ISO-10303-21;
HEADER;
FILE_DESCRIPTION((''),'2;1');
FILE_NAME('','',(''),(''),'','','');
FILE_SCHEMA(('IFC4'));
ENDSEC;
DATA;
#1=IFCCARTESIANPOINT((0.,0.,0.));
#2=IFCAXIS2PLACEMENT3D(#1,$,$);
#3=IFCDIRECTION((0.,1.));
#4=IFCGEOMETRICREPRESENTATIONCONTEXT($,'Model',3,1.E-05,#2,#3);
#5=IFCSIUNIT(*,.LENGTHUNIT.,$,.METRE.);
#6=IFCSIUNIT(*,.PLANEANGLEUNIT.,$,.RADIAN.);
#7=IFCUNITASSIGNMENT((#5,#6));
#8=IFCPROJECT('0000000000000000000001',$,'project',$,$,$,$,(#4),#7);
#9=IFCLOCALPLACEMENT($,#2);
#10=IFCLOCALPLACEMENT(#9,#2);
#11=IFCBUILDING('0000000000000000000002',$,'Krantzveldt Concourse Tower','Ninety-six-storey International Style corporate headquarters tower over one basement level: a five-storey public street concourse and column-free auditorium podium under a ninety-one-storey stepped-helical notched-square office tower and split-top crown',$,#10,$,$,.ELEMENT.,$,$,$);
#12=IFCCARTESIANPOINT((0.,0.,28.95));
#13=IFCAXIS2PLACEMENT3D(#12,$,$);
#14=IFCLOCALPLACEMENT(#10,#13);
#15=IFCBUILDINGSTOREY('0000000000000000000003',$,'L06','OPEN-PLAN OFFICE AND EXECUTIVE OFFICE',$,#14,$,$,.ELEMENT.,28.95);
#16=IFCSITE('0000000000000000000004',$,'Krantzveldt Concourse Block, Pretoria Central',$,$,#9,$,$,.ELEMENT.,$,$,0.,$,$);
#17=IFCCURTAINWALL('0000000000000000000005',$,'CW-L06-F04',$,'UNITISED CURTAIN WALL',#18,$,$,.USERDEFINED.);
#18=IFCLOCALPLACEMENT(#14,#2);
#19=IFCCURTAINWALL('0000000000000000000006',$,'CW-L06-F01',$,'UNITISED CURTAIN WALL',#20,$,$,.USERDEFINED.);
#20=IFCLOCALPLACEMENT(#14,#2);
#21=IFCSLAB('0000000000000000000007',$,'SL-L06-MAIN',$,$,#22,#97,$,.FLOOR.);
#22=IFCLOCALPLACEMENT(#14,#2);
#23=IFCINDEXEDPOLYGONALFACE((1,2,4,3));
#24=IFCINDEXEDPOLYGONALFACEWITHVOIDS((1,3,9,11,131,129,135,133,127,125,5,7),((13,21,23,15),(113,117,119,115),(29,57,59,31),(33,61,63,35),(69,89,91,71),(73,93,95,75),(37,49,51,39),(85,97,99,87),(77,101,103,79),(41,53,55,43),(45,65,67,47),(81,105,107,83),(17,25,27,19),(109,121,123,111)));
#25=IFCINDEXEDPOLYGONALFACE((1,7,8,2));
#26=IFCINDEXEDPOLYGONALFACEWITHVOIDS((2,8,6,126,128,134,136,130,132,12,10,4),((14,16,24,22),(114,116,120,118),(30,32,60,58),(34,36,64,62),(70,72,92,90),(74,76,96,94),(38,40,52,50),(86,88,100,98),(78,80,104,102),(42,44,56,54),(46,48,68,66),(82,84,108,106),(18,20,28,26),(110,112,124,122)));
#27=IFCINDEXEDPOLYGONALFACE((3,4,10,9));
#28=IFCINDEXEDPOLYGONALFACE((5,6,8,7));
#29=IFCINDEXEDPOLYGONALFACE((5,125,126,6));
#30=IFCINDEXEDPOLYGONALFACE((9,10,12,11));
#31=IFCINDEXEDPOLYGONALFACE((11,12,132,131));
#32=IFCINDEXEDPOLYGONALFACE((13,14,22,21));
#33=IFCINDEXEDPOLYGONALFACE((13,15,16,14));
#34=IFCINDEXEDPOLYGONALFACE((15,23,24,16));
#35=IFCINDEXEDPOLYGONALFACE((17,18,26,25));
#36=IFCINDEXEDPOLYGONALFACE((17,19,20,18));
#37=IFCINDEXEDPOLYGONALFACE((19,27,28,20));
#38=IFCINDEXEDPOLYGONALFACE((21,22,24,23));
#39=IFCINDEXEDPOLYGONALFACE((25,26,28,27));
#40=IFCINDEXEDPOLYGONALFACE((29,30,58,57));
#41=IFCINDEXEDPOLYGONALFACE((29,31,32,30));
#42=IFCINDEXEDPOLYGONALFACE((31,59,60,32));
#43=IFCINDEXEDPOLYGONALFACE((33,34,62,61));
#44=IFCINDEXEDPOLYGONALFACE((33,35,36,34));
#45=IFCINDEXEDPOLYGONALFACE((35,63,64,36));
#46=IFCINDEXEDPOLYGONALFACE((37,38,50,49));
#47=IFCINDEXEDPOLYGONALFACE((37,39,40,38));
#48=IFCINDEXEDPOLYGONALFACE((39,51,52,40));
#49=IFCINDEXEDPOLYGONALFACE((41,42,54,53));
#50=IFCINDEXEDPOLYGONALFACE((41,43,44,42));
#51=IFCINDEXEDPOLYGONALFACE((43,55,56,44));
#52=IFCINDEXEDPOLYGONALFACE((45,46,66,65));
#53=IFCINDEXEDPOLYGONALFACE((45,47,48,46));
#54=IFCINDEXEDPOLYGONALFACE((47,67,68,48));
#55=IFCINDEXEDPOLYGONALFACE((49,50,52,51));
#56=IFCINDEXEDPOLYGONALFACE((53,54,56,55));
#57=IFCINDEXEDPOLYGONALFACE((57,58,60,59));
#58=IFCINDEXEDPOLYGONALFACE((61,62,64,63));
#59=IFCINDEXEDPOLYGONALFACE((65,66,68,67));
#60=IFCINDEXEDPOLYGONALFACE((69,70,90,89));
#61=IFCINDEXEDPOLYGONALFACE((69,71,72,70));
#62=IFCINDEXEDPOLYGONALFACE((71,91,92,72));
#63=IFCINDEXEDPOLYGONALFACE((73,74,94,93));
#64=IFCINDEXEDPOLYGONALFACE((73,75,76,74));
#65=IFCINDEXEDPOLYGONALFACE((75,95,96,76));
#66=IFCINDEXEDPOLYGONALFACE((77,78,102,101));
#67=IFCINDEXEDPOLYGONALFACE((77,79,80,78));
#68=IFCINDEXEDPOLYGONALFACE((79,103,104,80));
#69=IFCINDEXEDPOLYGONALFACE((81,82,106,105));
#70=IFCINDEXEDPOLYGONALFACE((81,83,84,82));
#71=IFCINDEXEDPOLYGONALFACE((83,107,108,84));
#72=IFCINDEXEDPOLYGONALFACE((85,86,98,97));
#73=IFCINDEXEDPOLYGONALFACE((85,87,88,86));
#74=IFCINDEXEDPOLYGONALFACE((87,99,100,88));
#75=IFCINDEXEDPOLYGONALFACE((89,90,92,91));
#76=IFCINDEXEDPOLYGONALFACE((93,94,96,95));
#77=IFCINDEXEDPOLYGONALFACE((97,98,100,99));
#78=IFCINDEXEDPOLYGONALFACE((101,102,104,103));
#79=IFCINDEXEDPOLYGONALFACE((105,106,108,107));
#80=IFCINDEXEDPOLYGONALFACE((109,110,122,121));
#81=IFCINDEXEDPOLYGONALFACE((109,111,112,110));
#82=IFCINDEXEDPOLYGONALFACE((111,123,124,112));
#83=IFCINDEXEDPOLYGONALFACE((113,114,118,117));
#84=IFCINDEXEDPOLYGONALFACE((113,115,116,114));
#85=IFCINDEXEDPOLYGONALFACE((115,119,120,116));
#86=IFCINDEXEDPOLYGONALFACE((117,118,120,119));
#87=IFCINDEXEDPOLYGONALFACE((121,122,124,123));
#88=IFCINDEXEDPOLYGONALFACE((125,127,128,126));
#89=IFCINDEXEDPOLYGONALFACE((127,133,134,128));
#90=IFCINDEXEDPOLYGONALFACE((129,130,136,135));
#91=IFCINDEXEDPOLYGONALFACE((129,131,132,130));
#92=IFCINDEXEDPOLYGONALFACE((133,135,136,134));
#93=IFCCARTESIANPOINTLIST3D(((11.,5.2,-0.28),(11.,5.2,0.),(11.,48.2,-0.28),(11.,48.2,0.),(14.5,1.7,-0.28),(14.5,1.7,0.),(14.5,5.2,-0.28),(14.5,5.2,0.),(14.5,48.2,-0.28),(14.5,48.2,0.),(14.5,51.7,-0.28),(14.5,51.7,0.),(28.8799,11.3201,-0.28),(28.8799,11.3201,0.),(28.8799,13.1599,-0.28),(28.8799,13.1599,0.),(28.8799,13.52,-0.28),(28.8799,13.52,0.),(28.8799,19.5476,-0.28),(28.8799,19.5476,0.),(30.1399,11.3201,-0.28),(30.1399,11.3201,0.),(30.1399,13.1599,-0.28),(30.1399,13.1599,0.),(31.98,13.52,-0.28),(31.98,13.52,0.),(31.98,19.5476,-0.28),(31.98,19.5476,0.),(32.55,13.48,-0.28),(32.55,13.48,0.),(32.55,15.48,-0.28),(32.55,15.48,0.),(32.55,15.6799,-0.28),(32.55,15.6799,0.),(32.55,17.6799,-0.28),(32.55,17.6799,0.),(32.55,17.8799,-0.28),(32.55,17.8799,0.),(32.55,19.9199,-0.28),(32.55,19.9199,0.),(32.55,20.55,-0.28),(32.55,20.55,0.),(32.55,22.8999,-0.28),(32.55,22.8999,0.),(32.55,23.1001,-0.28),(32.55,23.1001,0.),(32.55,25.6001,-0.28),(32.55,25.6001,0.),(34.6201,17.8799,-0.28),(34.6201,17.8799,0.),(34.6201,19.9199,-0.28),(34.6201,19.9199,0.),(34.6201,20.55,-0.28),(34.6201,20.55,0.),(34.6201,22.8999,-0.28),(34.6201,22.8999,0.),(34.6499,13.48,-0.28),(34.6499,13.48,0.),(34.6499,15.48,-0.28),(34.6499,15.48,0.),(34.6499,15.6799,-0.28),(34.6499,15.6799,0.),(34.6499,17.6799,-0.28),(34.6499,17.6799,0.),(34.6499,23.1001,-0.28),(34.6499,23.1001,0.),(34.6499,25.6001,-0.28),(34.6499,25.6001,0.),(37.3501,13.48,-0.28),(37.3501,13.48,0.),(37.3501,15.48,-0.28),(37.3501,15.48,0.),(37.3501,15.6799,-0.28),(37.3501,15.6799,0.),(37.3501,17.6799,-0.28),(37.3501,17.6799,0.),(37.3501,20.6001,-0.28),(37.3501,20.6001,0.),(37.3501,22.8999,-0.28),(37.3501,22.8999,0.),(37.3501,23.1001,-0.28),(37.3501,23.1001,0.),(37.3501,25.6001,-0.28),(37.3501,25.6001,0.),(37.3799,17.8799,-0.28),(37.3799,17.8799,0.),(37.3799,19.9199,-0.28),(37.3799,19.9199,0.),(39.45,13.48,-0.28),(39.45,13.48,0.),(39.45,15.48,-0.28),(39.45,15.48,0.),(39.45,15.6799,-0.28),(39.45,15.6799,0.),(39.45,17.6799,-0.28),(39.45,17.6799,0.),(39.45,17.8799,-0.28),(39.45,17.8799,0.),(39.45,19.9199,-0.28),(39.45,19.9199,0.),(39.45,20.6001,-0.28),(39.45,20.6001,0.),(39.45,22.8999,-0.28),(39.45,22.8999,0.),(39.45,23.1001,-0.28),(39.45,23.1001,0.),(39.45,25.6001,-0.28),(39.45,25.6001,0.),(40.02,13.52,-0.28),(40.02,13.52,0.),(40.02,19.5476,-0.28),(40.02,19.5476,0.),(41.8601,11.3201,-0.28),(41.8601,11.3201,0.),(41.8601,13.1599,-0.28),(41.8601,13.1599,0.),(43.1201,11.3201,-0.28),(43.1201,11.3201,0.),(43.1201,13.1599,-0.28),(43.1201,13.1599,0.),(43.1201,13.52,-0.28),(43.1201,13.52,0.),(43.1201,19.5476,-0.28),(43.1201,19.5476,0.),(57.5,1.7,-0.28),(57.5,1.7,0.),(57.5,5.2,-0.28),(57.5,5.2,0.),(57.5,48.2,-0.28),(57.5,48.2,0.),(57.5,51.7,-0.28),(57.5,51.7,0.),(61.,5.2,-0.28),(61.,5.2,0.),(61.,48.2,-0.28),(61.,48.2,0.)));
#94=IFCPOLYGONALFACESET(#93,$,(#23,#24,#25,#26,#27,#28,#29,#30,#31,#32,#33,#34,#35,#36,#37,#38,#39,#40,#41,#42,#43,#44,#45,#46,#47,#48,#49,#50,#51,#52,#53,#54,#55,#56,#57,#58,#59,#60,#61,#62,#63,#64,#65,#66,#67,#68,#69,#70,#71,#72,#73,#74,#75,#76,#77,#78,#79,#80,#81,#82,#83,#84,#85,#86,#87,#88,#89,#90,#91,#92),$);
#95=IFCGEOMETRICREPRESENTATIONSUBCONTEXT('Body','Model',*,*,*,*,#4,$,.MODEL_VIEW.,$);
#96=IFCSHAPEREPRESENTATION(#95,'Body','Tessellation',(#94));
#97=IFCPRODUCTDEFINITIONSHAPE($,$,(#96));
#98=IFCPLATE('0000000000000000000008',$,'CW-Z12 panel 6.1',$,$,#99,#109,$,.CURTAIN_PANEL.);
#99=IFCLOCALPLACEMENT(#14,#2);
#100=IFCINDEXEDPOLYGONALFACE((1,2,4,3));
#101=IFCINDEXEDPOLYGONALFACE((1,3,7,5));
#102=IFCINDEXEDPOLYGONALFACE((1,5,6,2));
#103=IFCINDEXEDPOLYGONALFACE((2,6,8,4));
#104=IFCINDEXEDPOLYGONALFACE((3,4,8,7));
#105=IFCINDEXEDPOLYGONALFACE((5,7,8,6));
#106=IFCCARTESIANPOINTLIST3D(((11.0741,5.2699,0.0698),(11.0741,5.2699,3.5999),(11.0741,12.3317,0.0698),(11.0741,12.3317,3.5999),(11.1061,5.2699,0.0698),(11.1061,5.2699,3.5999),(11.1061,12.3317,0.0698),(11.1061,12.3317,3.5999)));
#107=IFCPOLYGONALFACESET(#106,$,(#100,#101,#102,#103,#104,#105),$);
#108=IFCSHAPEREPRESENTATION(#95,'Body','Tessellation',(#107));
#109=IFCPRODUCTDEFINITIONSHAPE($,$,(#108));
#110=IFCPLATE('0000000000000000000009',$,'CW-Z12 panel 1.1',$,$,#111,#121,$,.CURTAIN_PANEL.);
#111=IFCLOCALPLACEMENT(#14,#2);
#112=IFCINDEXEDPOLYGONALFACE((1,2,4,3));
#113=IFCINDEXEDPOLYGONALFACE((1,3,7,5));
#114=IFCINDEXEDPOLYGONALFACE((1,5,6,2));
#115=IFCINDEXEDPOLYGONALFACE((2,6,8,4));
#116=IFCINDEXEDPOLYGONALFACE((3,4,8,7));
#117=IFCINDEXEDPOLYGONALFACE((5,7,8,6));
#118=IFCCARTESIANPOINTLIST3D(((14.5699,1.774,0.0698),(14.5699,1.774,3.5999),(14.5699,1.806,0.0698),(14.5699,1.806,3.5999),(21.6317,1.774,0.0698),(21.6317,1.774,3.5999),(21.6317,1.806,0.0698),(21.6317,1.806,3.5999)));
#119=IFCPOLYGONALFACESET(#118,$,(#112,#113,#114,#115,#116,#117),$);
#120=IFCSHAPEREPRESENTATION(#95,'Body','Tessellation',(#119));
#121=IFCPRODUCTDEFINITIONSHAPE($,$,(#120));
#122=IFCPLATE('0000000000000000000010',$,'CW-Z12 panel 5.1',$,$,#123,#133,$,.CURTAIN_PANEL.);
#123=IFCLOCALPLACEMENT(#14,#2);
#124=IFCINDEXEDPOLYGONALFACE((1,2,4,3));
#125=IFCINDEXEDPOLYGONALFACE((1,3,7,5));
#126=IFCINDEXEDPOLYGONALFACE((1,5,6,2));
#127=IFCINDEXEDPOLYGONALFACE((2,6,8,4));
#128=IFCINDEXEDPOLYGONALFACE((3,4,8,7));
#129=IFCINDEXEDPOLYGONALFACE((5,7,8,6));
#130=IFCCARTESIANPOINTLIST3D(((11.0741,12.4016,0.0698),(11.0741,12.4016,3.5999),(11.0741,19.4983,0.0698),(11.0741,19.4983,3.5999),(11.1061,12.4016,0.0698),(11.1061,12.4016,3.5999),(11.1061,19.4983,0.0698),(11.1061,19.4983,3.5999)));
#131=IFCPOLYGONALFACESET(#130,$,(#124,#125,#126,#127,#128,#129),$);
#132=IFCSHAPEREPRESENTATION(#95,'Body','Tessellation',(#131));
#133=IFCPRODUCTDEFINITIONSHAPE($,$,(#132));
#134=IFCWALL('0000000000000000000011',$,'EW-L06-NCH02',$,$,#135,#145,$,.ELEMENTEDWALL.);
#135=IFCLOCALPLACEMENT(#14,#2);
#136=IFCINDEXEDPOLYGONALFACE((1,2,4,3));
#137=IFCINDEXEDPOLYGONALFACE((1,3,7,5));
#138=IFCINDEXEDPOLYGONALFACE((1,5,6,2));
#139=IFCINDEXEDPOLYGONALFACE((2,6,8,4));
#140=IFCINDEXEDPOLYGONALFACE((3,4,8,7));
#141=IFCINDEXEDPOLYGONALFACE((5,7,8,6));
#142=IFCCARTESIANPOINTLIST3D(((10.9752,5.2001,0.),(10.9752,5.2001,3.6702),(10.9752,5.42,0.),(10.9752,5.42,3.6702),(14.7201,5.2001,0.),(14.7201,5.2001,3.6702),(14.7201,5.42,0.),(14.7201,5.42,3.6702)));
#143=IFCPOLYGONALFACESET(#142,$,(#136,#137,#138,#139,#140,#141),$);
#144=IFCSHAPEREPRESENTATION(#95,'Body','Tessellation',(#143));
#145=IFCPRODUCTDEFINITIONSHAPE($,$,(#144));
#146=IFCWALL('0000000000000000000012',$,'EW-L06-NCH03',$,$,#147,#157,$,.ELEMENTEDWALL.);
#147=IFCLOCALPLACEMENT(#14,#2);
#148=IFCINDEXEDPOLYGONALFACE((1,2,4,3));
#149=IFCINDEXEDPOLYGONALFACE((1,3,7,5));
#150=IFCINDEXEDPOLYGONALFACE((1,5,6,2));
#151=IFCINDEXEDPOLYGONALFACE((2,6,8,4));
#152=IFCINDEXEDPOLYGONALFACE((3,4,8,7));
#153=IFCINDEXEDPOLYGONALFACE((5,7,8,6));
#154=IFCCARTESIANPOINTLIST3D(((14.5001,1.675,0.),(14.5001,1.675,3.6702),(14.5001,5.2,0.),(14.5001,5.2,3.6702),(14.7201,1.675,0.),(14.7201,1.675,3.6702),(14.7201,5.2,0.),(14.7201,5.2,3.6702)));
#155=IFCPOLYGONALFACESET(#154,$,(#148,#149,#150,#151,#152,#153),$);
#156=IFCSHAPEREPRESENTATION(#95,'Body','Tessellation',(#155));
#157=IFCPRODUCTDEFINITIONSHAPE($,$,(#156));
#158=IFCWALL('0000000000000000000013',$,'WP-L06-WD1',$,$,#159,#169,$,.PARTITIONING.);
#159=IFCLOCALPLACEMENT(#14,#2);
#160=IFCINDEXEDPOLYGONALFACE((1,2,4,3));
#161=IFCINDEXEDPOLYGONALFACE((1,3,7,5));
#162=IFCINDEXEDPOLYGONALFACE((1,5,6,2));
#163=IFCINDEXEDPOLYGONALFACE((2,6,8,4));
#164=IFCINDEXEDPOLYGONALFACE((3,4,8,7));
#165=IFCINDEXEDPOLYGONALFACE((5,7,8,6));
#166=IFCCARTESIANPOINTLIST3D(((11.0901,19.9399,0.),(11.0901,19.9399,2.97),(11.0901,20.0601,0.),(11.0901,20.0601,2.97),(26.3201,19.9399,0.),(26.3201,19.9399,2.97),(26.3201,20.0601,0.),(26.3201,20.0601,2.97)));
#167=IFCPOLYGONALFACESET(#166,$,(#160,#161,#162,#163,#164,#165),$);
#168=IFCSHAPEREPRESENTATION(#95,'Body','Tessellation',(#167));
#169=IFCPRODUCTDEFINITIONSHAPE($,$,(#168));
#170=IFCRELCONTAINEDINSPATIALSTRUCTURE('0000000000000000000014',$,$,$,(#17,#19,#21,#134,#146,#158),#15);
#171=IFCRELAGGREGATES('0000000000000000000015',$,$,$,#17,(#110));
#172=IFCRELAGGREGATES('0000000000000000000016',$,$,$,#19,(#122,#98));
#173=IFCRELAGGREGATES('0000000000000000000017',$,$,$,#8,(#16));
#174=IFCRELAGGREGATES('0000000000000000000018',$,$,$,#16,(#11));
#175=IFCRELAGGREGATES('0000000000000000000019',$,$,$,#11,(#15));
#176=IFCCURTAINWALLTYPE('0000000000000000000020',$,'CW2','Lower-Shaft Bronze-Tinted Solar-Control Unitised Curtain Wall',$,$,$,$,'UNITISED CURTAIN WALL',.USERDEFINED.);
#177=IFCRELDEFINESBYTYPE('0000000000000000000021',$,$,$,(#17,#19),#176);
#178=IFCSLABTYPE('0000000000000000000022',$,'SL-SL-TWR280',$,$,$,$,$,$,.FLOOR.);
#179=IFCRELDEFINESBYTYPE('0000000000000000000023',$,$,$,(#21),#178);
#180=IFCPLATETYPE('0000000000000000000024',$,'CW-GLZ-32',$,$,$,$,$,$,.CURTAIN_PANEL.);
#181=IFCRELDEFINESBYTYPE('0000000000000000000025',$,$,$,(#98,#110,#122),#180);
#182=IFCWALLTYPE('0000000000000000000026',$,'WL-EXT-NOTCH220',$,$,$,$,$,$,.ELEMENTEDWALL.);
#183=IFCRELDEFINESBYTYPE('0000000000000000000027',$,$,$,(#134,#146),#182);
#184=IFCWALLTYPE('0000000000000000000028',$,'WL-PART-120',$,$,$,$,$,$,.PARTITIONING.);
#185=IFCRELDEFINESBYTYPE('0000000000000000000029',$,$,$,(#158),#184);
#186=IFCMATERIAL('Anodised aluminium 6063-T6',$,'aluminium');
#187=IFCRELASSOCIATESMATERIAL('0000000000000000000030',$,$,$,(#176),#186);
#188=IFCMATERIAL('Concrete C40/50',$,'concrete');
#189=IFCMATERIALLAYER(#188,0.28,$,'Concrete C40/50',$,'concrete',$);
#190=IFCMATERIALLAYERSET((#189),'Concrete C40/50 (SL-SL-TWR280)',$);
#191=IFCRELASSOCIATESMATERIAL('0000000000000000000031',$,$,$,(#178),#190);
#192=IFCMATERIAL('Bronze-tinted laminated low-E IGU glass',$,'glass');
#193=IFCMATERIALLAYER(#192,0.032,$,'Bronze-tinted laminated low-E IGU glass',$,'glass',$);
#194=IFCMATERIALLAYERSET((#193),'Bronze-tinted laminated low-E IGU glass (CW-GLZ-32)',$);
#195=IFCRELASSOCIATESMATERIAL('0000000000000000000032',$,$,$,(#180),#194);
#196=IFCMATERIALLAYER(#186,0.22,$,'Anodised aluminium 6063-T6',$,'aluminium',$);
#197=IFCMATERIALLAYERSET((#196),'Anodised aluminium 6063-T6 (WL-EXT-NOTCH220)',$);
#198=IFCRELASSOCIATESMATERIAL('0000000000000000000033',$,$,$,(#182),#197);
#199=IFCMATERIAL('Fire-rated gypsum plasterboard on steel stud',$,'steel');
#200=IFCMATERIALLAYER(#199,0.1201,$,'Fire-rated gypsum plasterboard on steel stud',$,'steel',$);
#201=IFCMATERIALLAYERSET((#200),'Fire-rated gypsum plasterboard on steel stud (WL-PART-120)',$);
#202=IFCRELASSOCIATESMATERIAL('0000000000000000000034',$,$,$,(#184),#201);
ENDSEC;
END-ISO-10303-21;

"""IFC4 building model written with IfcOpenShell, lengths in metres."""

from ifc_helpers import new_model, si_unit, direction, frame, frame_2d, origin, origin_2d, place, context, subcontext, project, spatial, polyline, rectangle, outline, extrude, source, transform, mapped, material, layer, layer_set, type_object, type_shapes, element, aggregate, save


model = new_model("IFC4")

# Units and contexts
model_context = context("Model", 3, precision=1e-05, world=origin(), true_north=direction((0.0, 1.0)))
body_context = subcontext(model_context, "Body", "Model", "MODEL_VIEW")
ifc_project = project(units=[si_unit("LENGTHUNIT", "METRE"), si_unit("PLANEANGLEUNIT", "RADIAN")], contexts=[model_context])

# Site, building, storey
site_placement = place(None, origin())
site = spatial("IfcSite", under=ifc_project, at=site_placement, Name="Krantzveldt Concourse Block, Pretoria Central", CompositionType="ELEMENT", RefElevation=0.0)
building_placement = place(site_placement, origin())
building = spatial("IfcBuilding", under=site, at=building_placement, Name="Krantzveldt Concourse Tower", Description="Ninety-six-storey International Style corporate headquarters tower over one basement level: a five-storey public street concourse and column-free auditorium podium under a ninety-one-storey stepped-helical notched-square office tower and split-top crown", CompositionType="ELEMENT")
storey_placement = place(building_placement, frame((0.0, 0.0, 28.95)))
storey = spatial("IfcBuildingStorey", under=building, at=storey_placement, Name="L06", Description="OPEN-PLAN OFFICE AND EXECUTIVE OFFICE", CompositionType="ELEMENT", Elevation=28.95)

# Curtain walls
ifc_material_1 = material(Name="Anodised aluminium 6063-T6", Category="aluminium")
curtain_wall_type = type_object("IfcCurtainWallType", Name="CW2", Description="Lower-Shaft Bronze-Tinted Solar-Control Unitised Curtain Wall", ElementType="UNITISED CURTAIN WALL", PredefinedType="USERDEFINED", material=ifc_material_1)
curtain_wall_1_placement = place(storey_placement, origin())
curtain_wall_1 = element("IfcCurtainWall", 1, at=curtain_wall_1_placement, inside=storey, type_object=curtain_wall_type, Name="CW-L06-F04", ObjectType="UNITISED CURTAIN WALL", PredefinedType="USERDEFINED")
curtain_wall_2_placement = place(storey_placement, origin())
curtain_wall_2 = element("IfcCurtainWall", 2, at=curtain_wall_2_placement, inside=storey, type_object=curtain_wall_type, Name="CW-L06-F01", ObjectType="UNITISED CURTAIN WALL", PredefinedType="USERDEFINED")

# Slab
ifc_material_2 = material(Name="Concrete C40/50", Category="concrete")
ifc_layer_1 = layer(ifc_material_2, 0.28, Name="Concrete C40/50", Category="concrete")
ifc_layer_set_1 = layer_set([ifc_layer_1], Name="Concrete C40/50 (SL-SL-TWR280)")
slab_type_1 = type_object("IfcSlabType", Name="SL-SL-TWR280", PredefinedType="FLOOR", material=ifc_layer_set_1)
slab_1_placement = place(storey_placement, frame((0.0, 0.0, -0.28)))
element("IfcSlab", 3, at=slab_1_placement, inside=storey, type_object=slab_type_1, Name="SL-L06-MAIN", PredefinedType="FLOOR", context=body_context, shape_type="SweptSolid", body=[
    extrude(outline(polyline([(14.5, 48.2), (11.0, 48.2), (11.0, 5.2), (14.5, 5.2), (14.5, 1.7), (57.5, 1.7), (57.5, 5.2), (61.0, 5.2), (61.0, 48.2), (57.5, 48.2), (57.5, 51.7), (14.5, 51.7), (14.5, 48.2)]), holes=[polyline([(28.8799, 19.5476), (28.8799, 13.52), (31.98, 13.52), (31.98, 19.5476), (28.8799, 19.5476)]), polyline([(40.02, 19.5476), (40.02, 13.52), (43.1201, 13.52), (43.1201, 19.5476), (40.02, 19.5476)]), polyline([(32.55, 23.1001), (34.6499, 23.1001), (34.6499, 25.6001), (32.55, 25.6001), (32.55, 23.1001)]), polyline([(37.3501, 23.1001), (39.45, 23.1001), (39.45, 25.6001), (37.3501, 25.6001), (37.3501, 23.1001)]), polyline([(37.3501, 20.6001), (39.45, 20.6001), (39.45, 22.8999), (37.3501, 22.8999), (37.3501, 20.6001)]), polyline([(32.55, 13.48), (34.6499, 13.48), (34.6499, 15.48), (32.55, 15.48), (32.55, 13.48)]), polyline([(32.55, 15.6799), (34.6499, 15.6799), (34.6499, 17.6799), (32.55, 17.6799), (32.55, 15.6799)]), polyline([(37.3501, 13.48), (39.45, 13.48), (39.45, 15.48), (37.3501, 15.48), (37.3501, 13.48)]), polyline([(37.3501, 15.6799), (39.45, 15.6799), (39.45, 17.6799), (37.3501, 17.6799), (37.3501, 15.6799)]), polyline([(32.55, 20.55), (34.6201, 20.55), (34.6201, 22.8999), (32.55, 22.8999), (32.55, 20.55)]), polyline([(32.55, 17.8799), (34.6201, 17.8799), (34.6201, 19.9199), (32.55, 19.9199), (32.55, 17.8799)]), polyline([(37.3799, 17.8799), (39.45, 17.8799), (39.45, 19.9199), (37.3799, 19.9199), (37.3799, 17.8799)]), polyline([(28.8799, 11.3201), (30.1399, 11.3201), (30.1399, 13.1599), (28.8799, 13.1599), (28.8799, 11.3201)]), polyline([(41.8601, 11.3201), (43.1201, 11.3201), (43.1201, 13.1599), (41.8601, 13.1599), (41.8601, 11.3201)])]), origin(), (0.0, 0.0, 1.0), 0.28),
])

# Plates
ifc_material_3 = material(Name="Bronze-tinted laminated low-E IGU glass", Category="glass")
ifc_layer_2 = layer(ifc_material_3, 0.032, Name="Bronze-tinted laminated low-E IGU glass", Category="glass")
ifc_layer_set_2 = layer_set([ifc_layer_2], Name="Bronze-tinted laminated low-E IGU glass (CW-GLZ-32)")
plate_type = type_object("IfcPlateType", Name="CW-GLZ-32", PredefinedType="CURTAIN_PANEL", material=ifc_layer_set_2)
shared_shape_1 = source(origin(), body_context, "Body", "SweptSolid", [
    extrude(rectangle(XDim=7.0618, YDim=0.032, at=origin_2d()), origin(), (0.0, 0.0, 1.0), 3.53),
])
plate_1_placement = place(storey_placement, frame((11.0901, 8.8008, 0.0698), z_axis=(0.0, 0.0, 1.0), x_axis=(0.0, -1.0, 0.0)))
plate_1 = element("IfcPlate", 4, at=plate_1_placement, type_object=plate_type, Name="CW-Z12 panel 6.1", PredefinedType="CURTAIN_PANEL", context=body_context, shape_type="MappedRepresentation", body=[
    mapped(shared_shape_1, transform((0.0, 0.0, 0.0), x_axis=(1.0, 0.0, 0.0), y_axis=(0.0, 1.0, 0.0), z_axis=(0.0, 0.0, 1.0), scale=1.0)),
])
plate_2_placement = place(storey_placement, frame((18.1008, 1.79, 0.0698), z_axis=(0.0, 0.0, 1.0), x_axis=(1.0, 0.0, 0.0)))
plate_2 = element("IfcPlate", 5, at=plate_2_placement, type_object=plate_type, Name="CW-Z12 panel 1.1", PredefinedType="CURTAIN_PANEL", context=body_context, shape_type="MappedRepresentation", body=[
    mapped(shared_shape_1, transform((0.0, 0.0, 0.0), x_axis=(1.0, 0.0, 0.0), y_axis=(0.0, 1.0, 0.0), z_axis=(0.0, 0.0, 1.0), scale=1.0)),
])
aggregate(curtain_wall_1, [plate_2])
shared_shape_2 = source(origin(), body_context, "Body", "SweptSolid", [
    extrude(rectangle(XDim=7.0967, YDim=0.032, at=origin_2d()), origin(), (0.0, 0.0, 1.0), 3.53),
])
type_shapes(plate_type, [shared_shape_1, shared_shape_2])
plate_3_placement = place(storey_placement, frame((11.0901, 15.95, 0.0698), z_axis=(0.0, 0.0, 1.0), x_axis=(0.0, -1.0, 0.0)))
plate_3 = element("IfcPlate", 6, at=plate_3_placement, type_object=plate_type, Name="CW-Z12 panel 5.1", PredefinedType="CURTAIN_PANEL", context=body_context, shape_type="MappedRepresentation", body=[
    mapped(shared_shape_2, transform((0.0, 0.0, 0.0), x_axis=(1.0, 0.0, 0.0), y_axis=(0.0, 1.0, 0.0), z_axis=(0.0, 0.0, 1.0), scale=1.0)),
])
aggregate(curtain_wall_2, [plate_3, plate_1])

# Walls
ifc_layer_3 = layer(ifc_material_1, 0.22, Name="Anodised aluminium 6063-T6", Category="aluminium")
ifc_layer_set_3 = layer_set([ifc_layer_3], Name="Anodised aluminium 6063-T6 (WL-EXT-NOTCH220)")
wall_type_1 = type_object("IfcWallType", Name="WL-EXT-NOTCH220", PredefinedType="ELEMENTEDWALL", material=ifc_layer_set_3)
wall_1_placement = place(storey_placement, frame((10.9751, 5.3101, 0.0), z_axis=(0.0, 0.0, 1.0), x_axis=(1.0, 0.0, 0.0)))
element("IfcWall", 7, at=wall_1_placement, inside=storey, type_object=wall_type_1, Name="EW-L06-NCH02", PredefinedType="ELEMENTEDWALL", context=body_context, shape_type="SweptSolid", body=[
    extrude(rectangle(XDim=3.7449, YDim=0.22, at=frame_2d((1.8726, 0.0))), origin(), (0.0, 0.0, 1.0), 3.6702),
])
wall_2_placement = place(storey_placement, frame((14.6101, 5.2, 0.0), z_axis=(0.0, 0.0, 1.0), x_axis=(0.0, -1.0, 0.0)))
element("IfcWall", 8, at=wall_2_placement, inside=storey, type_object=wall_type_1, Name="EW-L06-NCH03", PredefinedType="ELEMENTEDWALL", context=body_context, shape_type="SweptSolid", body=[
    extrude(rectangle(XDim=3.5249, YDim=0.22, at=frame_2d((1.7625, 0.0))), origin(), (0.0, 0.0, 1.0), 3.6702),
])
ifc_material_4 = material(Name="Fire-rated gypsum plasterboard on steel stud", Category="steel")
ifc_layer_4 = layer(ifc_material_4, 0.1201, Name="Fire-rated gypsum plasterboard on steel stud", Category="steel")
ifc_layer_set_4 = layer_set([ifc_layer_4], Name="Fire-rated gypsum plasterboard on steel stud (WL-PART-120)")
wall_type_2 = type_object("IfcWallType", Name="WL-PART-120", PredefinedType="PARTITIONING", material=ifc_layer_set_4)
wall_3_placement = place(storey_placement, frame((11.0901, 20.0, 0.0), z_axis=(0.0, 0.0, 1.0), x_axis=(1.0, 0.0, 0.0)))
element("IfcWall", 9, at=wall_3_placement, inside=storey, type_object=wall_type_2, Name="WP-L06-WD1", PredefinedType="PARTITIONING", context=body_context, shape_type="SweptSolid", body=[
    extrude(rectangle(XDim=15.23, YDim=0.1201, at=frame_2d((7.615, 0.0))), origin(), (0.0, 0.0, 1.0), 2.97),
])

save(model, "model.ifc")
